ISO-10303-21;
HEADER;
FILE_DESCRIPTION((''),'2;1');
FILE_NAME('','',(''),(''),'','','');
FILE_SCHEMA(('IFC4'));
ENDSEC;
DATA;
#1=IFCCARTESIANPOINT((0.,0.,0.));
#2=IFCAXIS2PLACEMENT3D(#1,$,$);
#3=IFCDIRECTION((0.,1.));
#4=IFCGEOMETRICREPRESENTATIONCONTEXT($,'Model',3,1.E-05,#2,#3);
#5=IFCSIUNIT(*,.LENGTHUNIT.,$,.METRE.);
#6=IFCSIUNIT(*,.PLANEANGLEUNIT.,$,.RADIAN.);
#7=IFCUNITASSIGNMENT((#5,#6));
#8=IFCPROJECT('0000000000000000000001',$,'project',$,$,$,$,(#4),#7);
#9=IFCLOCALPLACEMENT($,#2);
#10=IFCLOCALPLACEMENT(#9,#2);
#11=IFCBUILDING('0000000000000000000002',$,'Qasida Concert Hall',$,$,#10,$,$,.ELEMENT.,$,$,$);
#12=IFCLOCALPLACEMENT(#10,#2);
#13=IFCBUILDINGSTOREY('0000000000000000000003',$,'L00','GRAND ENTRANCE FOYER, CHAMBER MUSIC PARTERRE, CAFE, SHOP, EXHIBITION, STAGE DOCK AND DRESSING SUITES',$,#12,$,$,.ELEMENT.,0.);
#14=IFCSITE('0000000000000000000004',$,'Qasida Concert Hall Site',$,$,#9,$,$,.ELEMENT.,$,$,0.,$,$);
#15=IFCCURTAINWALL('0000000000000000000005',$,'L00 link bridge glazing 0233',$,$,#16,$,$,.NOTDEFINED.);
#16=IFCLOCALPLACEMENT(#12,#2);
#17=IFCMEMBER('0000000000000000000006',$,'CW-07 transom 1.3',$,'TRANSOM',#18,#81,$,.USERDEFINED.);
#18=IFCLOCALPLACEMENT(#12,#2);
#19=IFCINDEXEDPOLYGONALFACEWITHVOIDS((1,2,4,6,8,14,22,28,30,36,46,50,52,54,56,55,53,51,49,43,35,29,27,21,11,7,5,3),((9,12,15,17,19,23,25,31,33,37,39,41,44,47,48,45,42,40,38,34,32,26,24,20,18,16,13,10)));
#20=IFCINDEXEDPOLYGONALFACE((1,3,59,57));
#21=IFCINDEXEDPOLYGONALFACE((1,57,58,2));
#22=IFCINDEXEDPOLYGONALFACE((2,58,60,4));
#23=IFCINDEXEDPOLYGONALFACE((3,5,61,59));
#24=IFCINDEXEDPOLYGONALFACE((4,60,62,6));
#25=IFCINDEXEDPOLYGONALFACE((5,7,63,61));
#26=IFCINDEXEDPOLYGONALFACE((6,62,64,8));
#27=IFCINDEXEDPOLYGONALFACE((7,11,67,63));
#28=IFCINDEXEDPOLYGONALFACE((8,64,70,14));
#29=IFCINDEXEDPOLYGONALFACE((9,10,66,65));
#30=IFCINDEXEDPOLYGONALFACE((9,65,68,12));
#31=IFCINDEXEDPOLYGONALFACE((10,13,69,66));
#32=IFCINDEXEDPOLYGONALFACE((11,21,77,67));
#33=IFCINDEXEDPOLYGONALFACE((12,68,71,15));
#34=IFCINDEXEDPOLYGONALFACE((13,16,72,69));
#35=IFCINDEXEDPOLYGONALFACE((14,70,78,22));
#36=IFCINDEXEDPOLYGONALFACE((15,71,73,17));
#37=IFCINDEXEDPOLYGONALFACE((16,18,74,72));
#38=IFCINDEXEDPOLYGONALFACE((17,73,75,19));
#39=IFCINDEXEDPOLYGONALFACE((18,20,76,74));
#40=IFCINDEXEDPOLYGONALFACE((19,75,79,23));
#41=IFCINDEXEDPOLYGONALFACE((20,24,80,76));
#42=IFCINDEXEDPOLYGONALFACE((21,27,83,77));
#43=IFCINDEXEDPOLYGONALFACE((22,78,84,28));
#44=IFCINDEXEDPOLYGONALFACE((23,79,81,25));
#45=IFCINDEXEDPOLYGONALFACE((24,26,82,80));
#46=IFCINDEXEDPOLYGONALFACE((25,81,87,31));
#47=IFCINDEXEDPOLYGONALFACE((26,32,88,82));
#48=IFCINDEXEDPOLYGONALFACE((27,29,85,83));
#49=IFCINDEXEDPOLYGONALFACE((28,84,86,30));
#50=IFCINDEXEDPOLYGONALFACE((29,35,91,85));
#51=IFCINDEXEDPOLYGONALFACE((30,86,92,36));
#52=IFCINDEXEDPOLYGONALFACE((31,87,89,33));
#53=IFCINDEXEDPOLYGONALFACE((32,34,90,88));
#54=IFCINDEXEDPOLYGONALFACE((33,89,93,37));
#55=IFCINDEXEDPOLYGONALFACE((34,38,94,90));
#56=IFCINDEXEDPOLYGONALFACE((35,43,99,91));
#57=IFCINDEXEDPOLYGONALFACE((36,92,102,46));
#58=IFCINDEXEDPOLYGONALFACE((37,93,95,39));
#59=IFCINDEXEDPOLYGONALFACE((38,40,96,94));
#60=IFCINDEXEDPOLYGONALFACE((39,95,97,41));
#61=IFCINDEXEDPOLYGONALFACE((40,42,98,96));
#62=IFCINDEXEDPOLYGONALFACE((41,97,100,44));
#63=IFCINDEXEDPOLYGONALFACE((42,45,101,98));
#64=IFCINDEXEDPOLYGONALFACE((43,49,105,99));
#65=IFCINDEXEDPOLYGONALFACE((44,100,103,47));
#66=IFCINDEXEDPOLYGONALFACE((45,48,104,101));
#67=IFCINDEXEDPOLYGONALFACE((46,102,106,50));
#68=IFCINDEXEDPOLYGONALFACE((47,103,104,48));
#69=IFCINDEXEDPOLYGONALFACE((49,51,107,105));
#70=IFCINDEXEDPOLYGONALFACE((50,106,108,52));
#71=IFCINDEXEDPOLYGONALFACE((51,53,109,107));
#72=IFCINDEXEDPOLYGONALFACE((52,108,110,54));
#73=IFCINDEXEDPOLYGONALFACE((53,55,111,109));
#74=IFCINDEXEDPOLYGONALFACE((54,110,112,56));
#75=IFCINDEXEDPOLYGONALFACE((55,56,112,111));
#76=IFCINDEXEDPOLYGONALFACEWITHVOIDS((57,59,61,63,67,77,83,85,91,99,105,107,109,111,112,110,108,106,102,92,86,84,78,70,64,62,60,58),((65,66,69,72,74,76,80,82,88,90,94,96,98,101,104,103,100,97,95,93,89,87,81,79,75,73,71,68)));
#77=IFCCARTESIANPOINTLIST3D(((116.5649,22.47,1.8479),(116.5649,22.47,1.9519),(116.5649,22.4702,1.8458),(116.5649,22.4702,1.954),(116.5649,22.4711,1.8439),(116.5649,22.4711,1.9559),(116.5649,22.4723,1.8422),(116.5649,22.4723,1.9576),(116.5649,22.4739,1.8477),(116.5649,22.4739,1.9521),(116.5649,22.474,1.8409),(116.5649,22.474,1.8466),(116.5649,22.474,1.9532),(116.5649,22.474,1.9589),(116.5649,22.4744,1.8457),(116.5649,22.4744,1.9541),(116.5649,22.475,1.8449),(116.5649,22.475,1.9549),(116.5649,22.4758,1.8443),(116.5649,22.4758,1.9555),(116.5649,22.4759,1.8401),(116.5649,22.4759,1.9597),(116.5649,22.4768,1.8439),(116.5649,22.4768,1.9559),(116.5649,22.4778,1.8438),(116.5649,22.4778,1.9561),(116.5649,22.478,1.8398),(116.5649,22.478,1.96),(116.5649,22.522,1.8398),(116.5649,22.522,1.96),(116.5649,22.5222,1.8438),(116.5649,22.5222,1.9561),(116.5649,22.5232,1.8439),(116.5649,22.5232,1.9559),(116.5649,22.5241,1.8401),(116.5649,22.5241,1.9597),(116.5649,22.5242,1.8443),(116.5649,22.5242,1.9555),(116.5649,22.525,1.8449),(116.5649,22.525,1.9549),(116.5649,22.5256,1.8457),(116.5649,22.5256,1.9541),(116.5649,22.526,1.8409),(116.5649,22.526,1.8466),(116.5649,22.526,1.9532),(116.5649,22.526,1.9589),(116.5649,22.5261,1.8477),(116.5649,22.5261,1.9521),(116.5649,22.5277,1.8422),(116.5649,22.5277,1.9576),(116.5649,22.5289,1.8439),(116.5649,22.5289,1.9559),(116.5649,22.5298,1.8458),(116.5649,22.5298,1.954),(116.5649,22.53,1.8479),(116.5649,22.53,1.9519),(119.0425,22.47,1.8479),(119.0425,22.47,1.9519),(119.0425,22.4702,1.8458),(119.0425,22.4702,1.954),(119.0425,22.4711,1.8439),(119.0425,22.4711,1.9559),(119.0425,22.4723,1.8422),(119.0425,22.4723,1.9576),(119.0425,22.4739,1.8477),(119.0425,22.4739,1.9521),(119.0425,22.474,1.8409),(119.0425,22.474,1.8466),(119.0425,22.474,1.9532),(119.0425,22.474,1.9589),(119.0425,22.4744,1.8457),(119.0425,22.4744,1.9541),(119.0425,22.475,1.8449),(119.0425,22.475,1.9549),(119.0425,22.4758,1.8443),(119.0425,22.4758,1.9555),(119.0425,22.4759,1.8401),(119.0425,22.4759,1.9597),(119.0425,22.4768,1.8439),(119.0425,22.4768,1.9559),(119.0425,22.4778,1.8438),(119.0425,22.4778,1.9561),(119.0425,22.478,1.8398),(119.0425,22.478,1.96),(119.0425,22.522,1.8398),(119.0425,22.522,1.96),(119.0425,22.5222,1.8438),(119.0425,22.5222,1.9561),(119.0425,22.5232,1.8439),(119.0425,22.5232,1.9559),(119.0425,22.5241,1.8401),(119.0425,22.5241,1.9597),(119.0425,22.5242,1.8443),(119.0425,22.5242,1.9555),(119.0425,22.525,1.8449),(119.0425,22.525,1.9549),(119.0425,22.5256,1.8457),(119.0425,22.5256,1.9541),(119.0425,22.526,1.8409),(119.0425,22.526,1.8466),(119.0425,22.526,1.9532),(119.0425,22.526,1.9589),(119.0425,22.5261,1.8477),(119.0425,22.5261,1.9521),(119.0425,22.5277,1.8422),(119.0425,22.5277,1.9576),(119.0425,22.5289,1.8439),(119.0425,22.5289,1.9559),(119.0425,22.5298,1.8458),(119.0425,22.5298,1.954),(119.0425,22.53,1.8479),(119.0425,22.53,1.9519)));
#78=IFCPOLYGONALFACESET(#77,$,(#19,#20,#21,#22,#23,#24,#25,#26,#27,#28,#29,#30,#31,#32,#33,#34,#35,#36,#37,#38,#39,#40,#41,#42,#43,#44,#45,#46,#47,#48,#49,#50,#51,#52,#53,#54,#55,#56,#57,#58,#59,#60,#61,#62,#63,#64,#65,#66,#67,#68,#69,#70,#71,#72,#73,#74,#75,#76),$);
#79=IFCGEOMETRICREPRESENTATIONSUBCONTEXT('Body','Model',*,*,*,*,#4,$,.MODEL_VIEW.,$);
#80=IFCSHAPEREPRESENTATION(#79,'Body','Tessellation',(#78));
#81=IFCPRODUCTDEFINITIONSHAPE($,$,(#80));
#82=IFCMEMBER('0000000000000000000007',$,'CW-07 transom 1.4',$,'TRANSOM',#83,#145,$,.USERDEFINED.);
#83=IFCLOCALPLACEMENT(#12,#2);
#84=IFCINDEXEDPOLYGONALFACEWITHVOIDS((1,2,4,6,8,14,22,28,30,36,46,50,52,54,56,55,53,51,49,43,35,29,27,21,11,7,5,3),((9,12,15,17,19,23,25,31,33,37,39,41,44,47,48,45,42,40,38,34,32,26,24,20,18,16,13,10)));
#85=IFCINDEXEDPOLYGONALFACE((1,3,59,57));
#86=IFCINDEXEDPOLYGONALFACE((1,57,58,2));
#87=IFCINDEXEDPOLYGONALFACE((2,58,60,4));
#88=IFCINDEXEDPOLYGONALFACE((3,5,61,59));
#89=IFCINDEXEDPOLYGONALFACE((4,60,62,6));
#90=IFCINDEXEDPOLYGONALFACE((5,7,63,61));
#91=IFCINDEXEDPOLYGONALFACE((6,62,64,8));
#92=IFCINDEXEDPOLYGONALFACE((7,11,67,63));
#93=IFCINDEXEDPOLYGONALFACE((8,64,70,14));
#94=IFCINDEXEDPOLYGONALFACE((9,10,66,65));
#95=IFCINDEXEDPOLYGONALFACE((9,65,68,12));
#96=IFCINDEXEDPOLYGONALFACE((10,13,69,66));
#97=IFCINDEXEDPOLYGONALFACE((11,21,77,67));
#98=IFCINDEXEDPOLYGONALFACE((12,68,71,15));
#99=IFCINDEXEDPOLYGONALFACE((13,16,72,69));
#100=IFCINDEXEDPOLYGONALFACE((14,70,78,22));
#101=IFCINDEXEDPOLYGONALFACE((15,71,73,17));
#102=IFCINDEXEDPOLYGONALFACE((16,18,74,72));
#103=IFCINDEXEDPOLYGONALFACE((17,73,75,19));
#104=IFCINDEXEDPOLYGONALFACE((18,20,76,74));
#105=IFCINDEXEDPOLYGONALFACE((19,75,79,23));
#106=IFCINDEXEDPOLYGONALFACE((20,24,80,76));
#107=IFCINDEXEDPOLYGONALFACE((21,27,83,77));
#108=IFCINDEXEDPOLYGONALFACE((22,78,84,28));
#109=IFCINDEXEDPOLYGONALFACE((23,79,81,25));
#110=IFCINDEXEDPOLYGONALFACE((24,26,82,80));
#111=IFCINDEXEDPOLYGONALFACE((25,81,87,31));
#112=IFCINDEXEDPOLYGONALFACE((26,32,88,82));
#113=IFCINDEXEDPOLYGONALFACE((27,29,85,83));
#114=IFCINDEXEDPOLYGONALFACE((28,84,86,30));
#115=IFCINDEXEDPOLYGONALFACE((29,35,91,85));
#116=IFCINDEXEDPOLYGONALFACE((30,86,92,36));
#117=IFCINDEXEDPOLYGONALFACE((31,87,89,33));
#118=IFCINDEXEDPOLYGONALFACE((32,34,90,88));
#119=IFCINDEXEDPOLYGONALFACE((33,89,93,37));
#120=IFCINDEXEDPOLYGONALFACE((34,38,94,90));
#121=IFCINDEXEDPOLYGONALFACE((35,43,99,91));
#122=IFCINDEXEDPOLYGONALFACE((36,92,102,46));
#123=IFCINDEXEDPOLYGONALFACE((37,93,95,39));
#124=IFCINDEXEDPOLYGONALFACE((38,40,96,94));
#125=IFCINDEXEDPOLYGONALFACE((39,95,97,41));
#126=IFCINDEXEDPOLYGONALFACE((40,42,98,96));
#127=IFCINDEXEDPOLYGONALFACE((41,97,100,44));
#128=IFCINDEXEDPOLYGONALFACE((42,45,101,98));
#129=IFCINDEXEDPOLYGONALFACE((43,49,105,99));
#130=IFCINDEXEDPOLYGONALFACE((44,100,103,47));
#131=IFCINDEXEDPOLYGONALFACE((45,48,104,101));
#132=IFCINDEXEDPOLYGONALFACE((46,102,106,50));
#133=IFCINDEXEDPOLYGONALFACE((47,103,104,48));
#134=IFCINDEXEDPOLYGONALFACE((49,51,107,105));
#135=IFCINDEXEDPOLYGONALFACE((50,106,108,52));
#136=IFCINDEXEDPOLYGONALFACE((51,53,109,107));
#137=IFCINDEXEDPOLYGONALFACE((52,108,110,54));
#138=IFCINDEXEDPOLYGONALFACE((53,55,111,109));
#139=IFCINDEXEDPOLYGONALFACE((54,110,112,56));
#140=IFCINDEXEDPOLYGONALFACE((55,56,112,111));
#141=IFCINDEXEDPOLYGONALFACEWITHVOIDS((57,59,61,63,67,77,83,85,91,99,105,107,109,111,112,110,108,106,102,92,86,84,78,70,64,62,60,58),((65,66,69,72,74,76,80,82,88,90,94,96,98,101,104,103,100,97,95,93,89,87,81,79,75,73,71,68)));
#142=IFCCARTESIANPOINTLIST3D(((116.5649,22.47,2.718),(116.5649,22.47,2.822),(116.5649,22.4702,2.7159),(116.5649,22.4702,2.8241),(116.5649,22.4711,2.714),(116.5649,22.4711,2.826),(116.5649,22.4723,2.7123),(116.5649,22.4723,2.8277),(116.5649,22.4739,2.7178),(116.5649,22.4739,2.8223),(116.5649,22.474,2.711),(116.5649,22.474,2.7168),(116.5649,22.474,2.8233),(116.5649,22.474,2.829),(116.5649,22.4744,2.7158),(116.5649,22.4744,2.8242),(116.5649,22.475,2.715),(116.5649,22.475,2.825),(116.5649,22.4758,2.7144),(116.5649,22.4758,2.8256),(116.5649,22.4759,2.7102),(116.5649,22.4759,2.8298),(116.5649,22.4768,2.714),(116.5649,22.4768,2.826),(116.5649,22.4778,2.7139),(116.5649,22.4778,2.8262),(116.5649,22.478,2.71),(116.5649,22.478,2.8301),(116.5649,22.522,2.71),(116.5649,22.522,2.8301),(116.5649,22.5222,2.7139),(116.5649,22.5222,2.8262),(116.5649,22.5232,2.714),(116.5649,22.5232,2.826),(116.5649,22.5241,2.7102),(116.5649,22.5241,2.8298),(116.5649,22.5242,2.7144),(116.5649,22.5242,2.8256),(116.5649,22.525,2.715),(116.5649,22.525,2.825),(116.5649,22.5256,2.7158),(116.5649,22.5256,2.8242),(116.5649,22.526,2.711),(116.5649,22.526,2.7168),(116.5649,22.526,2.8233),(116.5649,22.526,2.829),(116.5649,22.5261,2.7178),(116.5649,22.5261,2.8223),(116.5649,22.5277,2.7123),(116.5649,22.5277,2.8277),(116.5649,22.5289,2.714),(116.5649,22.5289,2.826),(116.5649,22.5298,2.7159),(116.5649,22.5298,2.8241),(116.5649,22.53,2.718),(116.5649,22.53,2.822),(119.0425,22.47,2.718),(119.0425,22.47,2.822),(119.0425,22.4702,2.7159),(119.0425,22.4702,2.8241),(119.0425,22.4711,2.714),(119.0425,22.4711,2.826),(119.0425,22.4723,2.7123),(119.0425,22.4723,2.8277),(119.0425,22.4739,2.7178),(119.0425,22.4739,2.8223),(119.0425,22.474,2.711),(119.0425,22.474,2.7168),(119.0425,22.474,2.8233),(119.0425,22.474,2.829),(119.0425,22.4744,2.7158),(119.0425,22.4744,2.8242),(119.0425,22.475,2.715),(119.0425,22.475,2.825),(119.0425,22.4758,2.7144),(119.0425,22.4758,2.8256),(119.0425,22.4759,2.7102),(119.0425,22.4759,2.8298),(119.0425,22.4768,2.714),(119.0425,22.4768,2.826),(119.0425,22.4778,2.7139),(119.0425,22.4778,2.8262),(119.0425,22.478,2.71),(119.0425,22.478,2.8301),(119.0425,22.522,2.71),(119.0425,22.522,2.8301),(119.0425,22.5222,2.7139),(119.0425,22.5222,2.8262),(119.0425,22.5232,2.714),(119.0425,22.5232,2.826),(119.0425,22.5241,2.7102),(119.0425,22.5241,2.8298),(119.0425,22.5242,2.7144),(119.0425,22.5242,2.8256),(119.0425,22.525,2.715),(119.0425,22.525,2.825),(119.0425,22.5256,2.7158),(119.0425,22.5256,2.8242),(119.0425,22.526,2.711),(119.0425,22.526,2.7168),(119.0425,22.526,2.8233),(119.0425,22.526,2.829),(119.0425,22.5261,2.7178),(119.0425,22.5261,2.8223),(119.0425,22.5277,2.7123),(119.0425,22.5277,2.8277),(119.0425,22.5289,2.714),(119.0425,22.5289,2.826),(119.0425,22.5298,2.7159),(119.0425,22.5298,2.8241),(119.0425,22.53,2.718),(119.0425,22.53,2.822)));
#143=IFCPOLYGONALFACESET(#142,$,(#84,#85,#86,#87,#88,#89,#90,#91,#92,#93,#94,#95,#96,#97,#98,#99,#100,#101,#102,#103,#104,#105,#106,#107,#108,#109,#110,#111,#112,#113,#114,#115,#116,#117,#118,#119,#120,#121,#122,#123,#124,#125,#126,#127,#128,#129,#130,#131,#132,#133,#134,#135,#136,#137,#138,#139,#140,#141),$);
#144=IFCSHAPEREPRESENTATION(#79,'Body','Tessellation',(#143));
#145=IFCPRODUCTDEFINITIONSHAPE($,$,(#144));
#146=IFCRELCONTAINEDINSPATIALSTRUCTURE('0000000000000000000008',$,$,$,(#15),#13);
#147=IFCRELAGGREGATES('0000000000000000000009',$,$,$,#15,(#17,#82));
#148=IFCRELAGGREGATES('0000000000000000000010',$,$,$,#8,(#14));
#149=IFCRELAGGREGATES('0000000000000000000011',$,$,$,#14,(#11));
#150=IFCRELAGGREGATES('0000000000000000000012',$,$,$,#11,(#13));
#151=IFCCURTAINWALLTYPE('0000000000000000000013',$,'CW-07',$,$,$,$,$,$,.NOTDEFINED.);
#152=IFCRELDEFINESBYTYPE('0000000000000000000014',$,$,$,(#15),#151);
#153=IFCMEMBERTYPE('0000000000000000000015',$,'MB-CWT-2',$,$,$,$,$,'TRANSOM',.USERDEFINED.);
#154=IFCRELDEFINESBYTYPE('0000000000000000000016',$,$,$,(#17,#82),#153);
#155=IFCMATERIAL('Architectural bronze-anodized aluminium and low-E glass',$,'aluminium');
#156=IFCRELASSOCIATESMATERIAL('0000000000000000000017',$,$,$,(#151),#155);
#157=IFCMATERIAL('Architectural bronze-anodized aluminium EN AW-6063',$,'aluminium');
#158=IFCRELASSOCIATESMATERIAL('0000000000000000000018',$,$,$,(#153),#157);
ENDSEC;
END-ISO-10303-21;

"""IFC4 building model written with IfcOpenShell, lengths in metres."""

from ifc_helpers import new_model, si_unit, direction, frame, origin, origin_2d, place, context, subcontext, project, spatial, hollow_rectangle, extrude, material, material_profile, profile_set, type_object, element, aggregate, save


model = new_model("IFC4")

# Units and contexts
model_context = context("Model", 3, precision=1e-05, world=origin(), true_north=direction((0.0, 1.0)))
body_context = subcontext(model_context, "Body", "Model", "MODEL_VIEW")
ifc_project = project(units=[si_unit("LENGTHUNIT", "METRE"), si_unit("PLANEANGLEUNIT", "RADIAN")], contexts=[model_context])

# Site, building, storey
site_placement = place(None, origin())
site = spatial("IfcSite", under=ifc_project, at=site_placement, Name="Qasida Concert Hall Site", CompositionType="ELEMENT", RefElevation=0.0)
building_placement = place(site_placement, origin())
building = spatial("IfcBuilding", under=site, at=building_placement, Name="Qasida Concert Hall", CompositionType="ELEMENT")
storey_placement = place(building_placement, origin())
storey = spatial("IfcBuildingStorey", under=building, at=storey_placement, Name="L00", Description="GRAND ENTRANCE FOYER, CHAMBER MUSIC PARTERRE, CAFE, SHOP, EXHIBITION, STAGE DOCK AND DRESSING SUITES", CompositionType="ELEMENT", Elevation=0.0)

# Curtain wall
ifc_material_1 = material(Name="Architectural bronze-anodized aluminium and low-E glass", Category="aluminium")
curtain_wall_type = type_object("IfcCurtainWallType", Name="CW-07", PredefinedType="NOTDEFINED", material=ifc_material_1)
ifc_material_2 = material(Name="Architectural bronze-anodized aluminium EN AW-6063", Category="aluminium")
curtain_wall_1_placement = place(storey_placement, origin())
curtain_wall_1 = element("IfcCurtainWall", 1, at=curtain_wall_1_placement, inside=storey, type_object=curtain_wall_type, Name="L00 link bridge glazing 0233", PredefinedType="NOTDEFINED")

# Members
ifc_material_profile_1 = material_profile(ifc_material_2, hollow_rectangle(XDim=0.0601, YDim=0.1201, WallThickness=0.0039, InnerFilletRadius=0.0039, OuterFilletRadius=0.0081, at=origin_2d()), Name="CWT 120x60x4")
ifc_profile_set_1 = profile_set([ifc_material_profile_1], Name="Architectural bronze-anodized aluminium EN AW-6063")
member_type_1 = type_object("IfcMemberType", Name="MB-CWT-2", ElementType="TRANSOM", PredefinedType="USERDEFINED", material=ifc_profile_set_1)
member_1_placement = place(storey_placement, frame((116.5649, 22.5, 1.8999), z_axis=(1.0, 0.0, 0.0), x_axis=(0.0, 1.0, 0.0)))
member_1 = element("IfcMember", 2, at=member_1_placement, type_object=member_type_1, Name="CW-07 transom 1.3", ObjectType="TRANSOM", PredefinedType="USERDEFINED", context=body_context, shape_type="SweptSolid", body=[
    extrude(hollow_rectangle(XDim=0.0601, YDim=0.1201, WallThickness=0.0039, InnerFilletRadius=0.0039, OuterFilletRadius=0.0081, at=origin_2d()), origin(), (0.0, 0.0, 1.0), 2.4775),
])
member_2_placement = place(storey_placement, frame((116.5649, 22.5, 2.77), z_axis=(1.0, 0.0, 0.0), x_axis=(0.0, 1.0, 0.0)))
member_2 = element("IfcMember", 3, at=member_2_placement, type_object=member_type_1, Name="CW-07 transom 1.4", ObjectType="TRANSOM", PredefinedType="USERDEFINED", context=body_context, shape_type="SweptSolid", body=[
    extrude(hollow_rectangle(XDim=0.0601, YDim=0.1201, WallThickness=0.0039, InnerFilletRadius=0.0039, OuterFilletRadius=0.0081, at=origin_2d()), origin(), (0.0, 0.0, 1.0), 2.4775),
])

aggregate(curtain_wall_1, [member_1, member_2])

save(model, "model.ifc")
